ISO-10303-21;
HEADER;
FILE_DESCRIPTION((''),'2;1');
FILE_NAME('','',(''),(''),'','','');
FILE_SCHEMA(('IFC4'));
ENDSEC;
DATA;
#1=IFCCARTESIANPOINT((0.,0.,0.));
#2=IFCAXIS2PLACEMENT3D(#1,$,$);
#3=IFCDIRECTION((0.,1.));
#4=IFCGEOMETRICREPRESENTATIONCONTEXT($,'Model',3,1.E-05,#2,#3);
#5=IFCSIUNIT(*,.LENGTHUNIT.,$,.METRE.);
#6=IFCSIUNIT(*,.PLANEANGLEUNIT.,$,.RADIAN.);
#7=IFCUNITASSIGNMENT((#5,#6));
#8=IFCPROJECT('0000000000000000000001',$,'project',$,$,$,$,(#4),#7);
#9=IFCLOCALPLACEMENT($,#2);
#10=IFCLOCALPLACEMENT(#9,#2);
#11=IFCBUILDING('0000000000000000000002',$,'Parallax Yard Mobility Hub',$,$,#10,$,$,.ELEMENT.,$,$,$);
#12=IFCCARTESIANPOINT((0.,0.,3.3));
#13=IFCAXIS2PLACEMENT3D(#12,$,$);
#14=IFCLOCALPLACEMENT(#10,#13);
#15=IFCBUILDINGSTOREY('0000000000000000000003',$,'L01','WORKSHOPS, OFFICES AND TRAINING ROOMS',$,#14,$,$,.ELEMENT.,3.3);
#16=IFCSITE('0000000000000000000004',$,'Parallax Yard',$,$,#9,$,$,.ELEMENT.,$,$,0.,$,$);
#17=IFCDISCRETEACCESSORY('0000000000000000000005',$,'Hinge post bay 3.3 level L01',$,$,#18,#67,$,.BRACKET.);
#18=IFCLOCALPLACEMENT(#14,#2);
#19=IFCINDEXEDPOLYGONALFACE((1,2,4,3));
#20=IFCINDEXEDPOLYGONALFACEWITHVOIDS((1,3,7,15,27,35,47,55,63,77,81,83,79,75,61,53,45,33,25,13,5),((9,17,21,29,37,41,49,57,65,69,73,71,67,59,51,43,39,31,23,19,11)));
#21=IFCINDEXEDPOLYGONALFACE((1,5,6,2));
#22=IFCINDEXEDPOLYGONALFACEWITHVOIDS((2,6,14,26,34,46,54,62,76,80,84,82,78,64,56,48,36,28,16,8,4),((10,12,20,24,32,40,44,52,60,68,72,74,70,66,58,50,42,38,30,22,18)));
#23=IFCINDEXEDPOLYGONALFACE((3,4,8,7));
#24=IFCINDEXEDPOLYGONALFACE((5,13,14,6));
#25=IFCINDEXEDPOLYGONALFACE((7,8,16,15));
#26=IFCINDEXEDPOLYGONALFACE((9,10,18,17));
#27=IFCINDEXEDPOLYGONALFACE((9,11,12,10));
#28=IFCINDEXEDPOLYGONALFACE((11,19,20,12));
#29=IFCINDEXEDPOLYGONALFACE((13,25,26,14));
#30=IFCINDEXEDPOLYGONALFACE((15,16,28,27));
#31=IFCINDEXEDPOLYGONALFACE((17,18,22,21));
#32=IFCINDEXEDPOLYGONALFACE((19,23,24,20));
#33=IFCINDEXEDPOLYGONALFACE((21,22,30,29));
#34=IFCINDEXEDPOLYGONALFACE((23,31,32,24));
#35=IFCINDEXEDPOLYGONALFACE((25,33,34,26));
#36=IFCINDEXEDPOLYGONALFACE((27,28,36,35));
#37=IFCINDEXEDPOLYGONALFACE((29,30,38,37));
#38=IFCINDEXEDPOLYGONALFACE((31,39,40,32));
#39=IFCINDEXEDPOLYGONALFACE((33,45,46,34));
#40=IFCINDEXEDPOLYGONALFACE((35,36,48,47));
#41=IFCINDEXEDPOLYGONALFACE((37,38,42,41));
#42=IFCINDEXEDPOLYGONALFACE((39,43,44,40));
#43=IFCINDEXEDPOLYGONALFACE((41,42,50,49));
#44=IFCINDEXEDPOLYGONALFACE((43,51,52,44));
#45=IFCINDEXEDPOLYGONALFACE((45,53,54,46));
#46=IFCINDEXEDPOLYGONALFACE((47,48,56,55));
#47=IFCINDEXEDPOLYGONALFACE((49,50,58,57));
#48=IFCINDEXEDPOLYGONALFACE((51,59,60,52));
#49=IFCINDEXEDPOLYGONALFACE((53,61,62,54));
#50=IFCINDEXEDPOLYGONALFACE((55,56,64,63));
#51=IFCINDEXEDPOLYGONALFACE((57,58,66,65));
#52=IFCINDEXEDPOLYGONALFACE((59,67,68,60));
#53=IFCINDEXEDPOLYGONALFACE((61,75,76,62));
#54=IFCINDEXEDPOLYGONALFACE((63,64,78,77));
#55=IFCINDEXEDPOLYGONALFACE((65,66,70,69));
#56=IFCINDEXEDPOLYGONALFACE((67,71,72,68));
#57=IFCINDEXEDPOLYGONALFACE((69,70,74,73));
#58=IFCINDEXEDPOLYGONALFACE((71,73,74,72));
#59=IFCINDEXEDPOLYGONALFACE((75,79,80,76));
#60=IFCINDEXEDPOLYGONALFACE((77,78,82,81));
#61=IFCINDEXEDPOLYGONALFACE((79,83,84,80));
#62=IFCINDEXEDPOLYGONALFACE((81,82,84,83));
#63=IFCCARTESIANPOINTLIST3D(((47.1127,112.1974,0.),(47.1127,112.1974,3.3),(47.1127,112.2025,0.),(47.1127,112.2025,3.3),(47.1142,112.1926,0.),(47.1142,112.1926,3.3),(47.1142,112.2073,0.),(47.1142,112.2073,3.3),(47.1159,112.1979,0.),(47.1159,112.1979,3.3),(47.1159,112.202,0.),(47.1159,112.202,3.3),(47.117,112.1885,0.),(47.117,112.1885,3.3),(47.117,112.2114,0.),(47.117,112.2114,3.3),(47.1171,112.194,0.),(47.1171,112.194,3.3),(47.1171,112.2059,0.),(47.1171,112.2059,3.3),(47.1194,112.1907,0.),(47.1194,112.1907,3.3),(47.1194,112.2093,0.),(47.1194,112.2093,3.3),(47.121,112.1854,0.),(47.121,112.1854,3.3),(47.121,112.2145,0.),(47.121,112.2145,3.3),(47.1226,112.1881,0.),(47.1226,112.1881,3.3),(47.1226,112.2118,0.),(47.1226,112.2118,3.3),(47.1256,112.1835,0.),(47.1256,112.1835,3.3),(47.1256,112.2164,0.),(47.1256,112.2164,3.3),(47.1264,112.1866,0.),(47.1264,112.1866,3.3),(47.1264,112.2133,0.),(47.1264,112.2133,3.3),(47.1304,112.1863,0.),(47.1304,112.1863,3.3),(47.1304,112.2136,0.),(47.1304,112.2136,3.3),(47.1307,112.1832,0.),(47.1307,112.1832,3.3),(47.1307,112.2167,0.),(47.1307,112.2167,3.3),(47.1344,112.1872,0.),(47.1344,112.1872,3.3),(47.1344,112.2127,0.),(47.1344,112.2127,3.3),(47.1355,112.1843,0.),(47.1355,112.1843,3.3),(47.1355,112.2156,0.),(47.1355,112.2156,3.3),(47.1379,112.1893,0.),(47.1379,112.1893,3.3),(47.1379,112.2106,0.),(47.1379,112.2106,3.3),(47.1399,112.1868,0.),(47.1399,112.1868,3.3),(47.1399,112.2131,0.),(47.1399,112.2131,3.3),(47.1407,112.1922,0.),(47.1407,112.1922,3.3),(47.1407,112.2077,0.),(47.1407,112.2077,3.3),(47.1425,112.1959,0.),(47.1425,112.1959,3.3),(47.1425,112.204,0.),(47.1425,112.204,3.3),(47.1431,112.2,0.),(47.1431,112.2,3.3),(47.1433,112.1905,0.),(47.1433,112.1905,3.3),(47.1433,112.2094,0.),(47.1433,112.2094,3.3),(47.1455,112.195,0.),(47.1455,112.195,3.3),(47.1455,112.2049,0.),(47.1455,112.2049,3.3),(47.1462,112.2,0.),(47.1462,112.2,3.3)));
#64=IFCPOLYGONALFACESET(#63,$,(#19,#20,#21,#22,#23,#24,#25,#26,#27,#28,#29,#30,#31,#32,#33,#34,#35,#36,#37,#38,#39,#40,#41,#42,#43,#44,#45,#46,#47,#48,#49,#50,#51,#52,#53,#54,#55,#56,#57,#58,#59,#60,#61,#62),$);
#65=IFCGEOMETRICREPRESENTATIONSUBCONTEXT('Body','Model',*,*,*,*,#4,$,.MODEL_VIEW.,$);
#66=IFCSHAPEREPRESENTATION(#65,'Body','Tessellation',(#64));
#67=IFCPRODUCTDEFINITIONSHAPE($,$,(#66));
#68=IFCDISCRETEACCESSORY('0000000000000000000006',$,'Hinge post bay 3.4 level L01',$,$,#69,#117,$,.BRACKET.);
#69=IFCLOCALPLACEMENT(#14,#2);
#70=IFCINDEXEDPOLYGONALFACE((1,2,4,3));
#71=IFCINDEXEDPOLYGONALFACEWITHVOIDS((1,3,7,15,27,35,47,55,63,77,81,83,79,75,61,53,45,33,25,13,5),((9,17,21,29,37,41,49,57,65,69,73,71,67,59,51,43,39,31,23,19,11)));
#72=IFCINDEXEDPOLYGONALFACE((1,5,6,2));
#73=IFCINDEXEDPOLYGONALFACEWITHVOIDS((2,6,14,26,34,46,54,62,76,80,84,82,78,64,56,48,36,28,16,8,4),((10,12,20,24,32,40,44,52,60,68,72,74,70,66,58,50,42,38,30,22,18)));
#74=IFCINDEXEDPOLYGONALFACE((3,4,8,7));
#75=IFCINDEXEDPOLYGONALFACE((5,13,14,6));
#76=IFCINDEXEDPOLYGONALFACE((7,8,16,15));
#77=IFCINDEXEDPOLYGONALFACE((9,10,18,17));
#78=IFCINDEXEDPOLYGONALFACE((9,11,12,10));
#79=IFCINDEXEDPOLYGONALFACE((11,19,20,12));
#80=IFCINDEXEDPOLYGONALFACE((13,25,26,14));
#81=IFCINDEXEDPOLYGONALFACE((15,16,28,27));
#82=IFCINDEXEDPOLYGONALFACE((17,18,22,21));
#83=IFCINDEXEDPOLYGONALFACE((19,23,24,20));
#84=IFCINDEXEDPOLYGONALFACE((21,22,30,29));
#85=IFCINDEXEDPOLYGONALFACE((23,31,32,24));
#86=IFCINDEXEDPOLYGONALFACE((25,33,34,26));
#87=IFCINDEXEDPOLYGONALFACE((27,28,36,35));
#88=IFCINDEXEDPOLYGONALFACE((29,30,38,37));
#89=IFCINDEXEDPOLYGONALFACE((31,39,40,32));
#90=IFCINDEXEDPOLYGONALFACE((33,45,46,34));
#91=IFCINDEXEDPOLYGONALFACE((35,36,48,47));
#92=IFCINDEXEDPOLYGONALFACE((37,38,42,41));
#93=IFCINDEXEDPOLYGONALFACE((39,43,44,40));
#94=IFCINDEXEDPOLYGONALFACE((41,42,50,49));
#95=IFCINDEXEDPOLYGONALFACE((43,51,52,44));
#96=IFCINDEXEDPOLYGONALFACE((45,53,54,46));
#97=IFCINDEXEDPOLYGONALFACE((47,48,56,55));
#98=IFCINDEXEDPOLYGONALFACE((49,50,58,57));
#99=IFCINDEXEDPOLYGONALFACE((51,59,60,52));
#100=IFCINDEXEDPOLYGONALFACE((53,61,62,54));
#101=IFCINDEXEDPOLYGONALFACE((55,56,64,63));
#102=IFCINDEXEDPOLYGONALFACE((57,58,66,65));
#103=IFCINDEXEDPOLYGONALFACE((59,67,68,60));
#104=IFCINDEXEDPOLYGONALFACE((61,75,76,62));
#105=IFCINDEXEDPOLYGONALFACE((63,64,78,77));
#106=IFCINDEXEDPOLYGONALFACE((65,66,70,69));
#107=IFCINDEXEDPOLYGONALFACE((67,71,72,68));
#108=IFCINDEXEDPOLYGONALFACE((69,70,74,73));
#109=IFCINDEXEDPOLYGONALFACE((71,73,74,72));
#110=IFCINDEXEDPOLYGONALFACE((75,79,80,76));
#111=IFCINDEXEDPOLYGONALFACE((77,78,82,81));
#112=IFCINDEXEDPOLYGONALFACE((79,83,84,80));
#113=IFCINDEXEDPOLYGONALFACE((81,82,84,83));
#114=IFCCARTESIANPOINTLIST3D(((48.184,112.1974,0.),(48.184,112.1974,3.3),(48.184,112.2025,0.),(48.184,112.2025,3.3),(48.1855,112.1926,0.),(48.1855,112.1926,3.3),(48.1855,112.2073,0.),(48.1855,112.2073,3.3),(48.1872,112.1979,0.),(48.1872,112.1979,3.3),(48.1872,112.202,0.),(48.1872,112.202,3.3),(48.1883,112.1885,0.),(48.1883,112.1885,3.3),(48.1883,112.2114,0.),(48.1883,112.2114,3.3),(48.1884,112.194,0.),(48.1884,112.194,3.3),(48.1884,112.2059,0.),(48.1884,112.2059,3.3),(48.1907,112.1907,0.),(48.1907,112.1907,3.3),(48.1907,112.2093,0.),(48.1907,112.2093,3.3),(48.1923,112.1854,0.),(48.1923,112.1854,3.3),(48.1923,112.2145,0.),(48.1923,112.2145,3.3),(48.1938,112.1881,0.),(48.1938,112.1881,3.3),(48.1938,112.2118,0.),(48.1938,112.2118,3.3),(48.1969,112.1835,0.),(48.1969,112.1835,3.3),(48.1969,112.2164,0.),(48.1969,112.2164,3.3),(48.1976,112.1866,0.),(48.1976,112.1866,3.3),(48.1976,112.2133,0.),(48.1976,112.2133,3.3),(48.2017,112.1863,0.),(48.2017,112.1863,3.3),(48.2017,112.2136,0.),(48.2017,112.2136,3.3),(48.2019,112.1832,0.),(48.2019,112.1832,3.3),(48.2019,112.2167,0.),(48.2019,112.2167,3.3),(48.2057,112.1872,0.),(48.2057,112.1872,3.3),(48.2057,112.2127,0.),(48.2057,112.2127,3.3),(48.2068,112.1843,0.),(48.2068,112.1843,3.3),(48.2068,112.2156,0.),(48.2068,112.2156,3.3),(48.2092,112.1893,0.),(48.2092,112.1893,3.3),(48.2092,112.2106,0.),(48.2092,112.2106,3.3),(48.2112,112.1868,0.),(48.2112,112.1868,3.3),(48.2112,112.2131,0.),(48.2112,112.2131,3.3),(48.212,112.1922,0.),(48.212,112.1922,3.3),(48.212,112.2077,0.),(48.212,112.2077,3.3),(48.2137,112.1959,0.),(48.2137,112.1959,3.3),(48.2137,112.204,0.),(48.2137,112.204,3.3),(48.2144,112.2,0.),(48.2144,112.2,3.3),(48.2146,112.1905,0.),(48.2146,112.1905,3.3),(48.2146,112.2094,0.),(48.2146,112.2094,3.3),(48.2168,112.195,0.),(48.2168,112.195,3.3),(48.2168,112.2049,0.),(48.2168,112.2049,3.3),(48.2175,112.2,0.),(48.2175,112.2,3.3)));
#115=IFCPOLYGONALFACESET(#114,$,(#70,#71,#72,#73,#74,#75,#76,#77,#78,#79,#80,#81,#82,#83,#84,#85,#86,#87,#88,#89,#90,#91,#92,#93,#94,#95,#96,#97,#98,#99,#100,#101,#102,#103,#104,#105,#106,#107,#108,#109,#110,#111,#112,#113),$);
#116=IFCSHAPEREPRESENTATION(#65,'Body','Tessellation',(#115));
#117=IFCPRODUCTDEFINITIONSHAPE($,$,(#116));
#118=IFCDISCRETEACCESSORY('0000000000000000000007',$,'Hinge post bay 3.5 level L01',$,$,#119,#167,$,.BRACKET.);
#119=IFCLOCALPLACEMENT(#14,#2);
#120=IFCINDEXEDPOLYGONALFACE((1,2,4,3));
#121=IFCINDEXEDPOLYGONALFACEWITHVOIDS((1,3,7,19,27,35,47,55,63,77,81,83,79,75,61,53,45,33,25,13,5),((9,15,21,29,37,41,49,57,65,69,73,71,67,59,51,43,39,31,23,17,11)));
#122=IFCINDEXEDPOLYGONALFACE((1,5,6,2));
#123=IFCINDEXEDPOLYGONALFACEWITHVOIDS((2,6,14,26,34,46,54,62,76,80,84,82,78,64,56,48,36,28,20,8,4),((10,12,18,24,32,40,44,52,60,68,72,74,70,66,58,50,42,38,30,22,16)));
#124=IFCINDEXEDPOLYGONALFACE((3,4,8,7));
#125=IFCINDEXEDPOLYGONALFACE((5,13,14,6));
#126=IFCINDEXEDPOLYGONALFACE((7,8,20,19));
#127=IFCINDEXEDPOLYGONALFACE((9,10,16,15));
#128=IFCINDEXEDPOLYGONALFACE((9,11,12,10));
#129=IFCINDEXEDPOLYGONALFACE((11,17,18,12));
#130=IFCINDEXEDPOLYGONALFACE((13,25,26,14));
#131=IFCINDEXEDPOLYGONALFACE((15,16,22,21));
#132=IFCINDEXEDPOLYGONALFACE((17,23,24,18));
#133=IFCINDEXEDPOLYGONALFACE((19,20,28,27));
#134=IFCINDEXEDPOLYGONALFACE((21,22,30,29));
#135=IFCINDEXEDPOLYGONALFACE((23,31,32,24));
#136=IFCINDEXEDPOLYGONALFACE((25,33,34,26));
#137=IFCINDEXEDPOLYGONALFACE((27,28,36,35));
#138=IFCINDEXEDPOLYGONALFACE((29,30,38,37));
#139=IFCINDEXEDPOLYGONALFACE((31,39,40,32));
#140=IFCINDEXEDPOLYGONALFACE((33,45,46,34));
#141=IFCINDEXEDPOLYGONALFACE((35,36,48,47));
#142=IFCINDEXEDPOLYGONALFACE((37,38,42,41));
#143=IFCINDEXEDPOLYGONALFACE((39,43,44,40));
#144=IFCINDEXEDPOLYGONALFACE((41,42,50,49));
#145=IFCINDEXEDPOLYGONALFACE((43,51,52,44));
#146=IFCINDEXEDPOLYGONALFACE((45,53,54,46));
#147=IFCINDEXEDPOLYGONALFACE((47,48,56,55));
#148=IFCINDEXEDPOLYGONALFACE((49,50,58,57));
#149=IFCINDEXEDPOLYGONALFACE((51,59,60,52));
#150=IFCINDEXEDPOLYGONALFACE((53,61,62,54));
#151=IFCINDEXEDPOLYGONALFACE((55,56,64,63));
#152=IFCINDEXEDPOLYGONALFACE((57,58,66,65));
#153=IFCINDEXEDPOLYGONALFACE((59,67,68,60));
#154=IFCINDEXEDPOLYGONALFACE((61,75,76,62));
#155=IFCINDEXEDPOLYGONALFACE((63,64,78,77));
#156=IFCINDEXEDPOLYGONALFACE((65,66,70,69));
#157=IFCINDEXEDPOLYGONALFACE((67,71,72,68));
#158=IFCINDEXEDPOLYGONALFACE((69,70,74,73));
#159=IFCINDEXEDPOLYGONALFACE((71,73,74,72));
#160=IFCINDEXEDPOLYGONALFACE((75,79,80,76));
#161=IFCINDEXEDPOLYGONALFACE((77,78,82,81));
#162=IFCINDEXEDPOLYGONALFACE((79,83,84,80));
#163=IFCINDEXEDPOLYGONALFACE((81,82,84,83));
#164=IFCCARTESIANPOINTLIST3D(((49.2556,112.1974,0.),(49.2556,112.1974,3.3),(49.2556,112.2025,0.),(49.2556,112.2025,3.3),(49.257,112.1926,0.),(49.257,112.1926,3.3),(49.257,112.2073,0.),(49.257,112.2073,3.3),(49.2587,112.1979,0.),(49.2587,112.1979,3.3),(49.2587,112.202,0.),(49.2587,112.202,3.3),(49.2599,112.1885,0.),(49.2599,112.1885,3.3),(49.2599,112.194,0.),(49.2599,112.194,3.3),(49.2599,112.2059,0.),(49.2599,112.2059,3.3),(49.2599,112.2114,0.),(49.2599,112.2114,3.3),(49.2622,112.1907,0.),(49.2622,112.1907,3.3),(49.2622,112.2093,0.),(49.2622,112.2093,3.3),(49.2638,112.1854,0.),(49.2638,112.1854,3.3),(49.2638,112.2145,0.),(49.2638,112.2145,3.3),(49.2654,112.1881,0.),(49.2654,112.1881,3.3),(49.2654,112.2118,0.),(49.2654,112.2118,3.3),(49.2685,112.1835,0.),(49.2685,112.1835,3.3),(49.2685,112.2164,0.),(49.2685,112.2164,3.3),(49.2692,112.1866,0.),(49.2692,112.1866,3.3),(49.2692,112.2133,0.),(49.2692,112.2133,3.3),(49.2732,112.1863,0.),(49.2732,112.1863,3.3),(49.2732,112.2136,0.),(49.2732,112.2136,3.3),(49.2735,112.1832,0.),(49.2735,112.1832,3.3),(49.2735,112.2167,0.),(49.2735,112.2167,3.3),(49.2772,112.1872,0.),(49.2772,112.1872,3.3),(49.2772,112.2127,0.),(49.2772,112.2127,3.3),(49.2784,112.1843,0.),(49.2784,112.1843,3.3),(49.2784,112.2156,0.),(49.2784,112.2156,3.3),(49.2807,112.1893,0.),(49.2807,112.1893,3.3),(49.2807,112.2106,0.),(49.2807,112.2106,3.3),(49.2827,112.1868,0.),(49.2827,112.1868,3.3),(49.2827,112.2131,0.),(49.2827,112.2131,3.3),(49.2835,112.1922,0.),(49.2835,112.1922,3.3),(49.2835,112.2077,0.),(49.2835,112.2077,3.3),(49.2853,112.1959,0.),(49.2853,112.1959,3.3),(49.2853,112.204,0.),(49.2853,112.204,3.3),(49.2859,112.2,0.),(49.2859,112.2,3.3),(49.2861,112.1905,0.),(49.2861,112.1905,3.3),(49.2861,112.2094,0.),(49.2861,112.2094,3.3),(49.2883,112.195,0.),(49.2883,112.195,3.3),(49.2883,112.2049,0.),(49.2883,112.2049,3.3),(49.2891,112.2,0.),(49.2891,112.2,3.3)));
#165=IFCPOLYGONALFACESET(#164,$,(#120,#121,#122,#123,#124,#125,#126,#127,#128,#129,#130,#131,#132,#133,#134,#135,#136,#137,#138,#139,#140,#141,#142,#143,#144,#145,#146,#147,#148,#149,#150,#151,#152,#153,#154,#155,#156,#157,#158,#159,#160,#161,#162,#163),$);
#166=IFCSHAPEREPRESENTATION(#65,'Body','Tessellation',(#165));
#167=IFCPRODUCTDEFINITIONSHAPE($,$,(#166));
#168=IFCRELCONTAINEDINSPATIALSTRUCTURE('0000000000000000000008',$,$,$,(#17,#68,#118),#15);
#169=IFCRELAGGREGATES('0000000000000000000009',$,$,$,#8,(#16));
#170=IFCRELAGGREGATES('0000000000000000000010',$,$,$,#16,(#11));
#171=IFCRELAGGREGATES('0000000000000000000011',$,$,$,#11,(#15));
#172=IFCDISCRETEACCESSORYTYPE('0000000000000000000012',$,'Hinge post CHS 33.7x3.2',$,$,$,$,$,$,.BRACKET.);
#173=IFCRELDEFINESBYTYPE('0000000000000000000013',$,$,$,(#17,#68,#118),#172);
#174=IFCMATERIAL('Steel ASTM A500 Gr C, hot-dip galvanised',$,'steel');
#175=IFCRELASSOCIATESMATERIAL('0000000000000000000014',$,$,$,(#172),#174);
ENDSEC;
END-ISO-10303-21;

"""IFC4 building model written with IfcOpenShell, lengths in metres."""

from ifc_helpers import new_model, si_unit, direction, frame, origin, origin_2d, place, context, subcontext, project, spatial, hollow_circle, extrude, material, material_profile, profile_set, type_object, element, save


model = new_model("IFC4")

# Units and contexts
model_context = context("Model", 3, precision=1e-05, world=origin(), true_north=direction((0.0, 1.0)))
body_context = subcontext(model_context, "Body", "Model", "MODEL_VIEW")
ifc_project = project(units=[si_unit("LENGTHUNIT", "METRE"), si_unit("PLANEANGLEUNIT", "RADIAN")], contexts=[model_context])

# Site, building, storey
site_placement = place(None, origin())
site = spatial("IfcSite", under=ifc_project, at=site_placement, Name="Parallax Yard", CompositionType="ELEMENT", RefElevation=0.0)
building_placement = place(site_placement, origin())
building = spatial("IfcBuilding", under=site, at=building_placement, Name="Parallax Yard Mobility Hub", CompositionType="ELEMENT")
storey_placement = place(building_placement, frame((0.0, 0.0, 3.3)))
storey = spatial("IfcBuildingStorey", under=building, at=storey_placement, Name="L01", Description="WORKSHOPS, OFFICES AND TRAINING ROOMS", CompositionType="ELEMENT", Elevation=3.3)

# Discrete accessories
ifc_material_1 = material(Name="Steel ASTM A500 Gr C, hot-dip galvanised", Category="steel")
ifc_material_profile_1 = material_profile(ifc_material_1, hollow_circle(Radius=0.0168, WallThickness=0.0032, at=origin_2d()), Name="CHS 33.7x3.2")
ifc_profile_set_1 = profile_set([ifc_material_profile_1], Name="Steel ASTM A500 Gr C, hot-dip galvanised")
discrete_accessory_type_1 = type_object("IfcDiscreteAccessoryType", Name="Hinge post CHS 33.7x3.2", PredefinedType="BRACKET", material=ifc_profile_set_1)
for number, where, z_axis, x_axis, name in (
    (1, (47.1294, 112.2, 0.0), (0.0, 0.0, 1.0), (1.0, 0.0, 0.0), "Hinge post bay 3.3 level L01"),
    (2, (48.2007, 112.2, 0.0), (0.0, 0.0, 1.0), (1.0, 0.0, 0.0), "Hinge post bay 3.4 level L01"),
    (3, (49.2722, 112.2, 0.0), (0.0, 0.0, 1.0), (1.0, 0.0, 0.0), "Hinge post bay 3.5 level L01"),
):
    element("IfcDiscreteAccessory", number, at=place(storey_placement, frame(where, z_axis=z_axis, x_axis=x_axis)), inside=storey, type_object=discrete_accessory_type_1, Name=name, PredefinedType="BRACKET", context=body_context, shape_type="SweptSolid", body=[
        extrude(hollow_circle(Radius=0.0168, WallThickness=0.0032, at=origin_2d()), origin(), (0.0, 0.0, 1.0), 3.3),
    ])

save(model, "model.ifc")
